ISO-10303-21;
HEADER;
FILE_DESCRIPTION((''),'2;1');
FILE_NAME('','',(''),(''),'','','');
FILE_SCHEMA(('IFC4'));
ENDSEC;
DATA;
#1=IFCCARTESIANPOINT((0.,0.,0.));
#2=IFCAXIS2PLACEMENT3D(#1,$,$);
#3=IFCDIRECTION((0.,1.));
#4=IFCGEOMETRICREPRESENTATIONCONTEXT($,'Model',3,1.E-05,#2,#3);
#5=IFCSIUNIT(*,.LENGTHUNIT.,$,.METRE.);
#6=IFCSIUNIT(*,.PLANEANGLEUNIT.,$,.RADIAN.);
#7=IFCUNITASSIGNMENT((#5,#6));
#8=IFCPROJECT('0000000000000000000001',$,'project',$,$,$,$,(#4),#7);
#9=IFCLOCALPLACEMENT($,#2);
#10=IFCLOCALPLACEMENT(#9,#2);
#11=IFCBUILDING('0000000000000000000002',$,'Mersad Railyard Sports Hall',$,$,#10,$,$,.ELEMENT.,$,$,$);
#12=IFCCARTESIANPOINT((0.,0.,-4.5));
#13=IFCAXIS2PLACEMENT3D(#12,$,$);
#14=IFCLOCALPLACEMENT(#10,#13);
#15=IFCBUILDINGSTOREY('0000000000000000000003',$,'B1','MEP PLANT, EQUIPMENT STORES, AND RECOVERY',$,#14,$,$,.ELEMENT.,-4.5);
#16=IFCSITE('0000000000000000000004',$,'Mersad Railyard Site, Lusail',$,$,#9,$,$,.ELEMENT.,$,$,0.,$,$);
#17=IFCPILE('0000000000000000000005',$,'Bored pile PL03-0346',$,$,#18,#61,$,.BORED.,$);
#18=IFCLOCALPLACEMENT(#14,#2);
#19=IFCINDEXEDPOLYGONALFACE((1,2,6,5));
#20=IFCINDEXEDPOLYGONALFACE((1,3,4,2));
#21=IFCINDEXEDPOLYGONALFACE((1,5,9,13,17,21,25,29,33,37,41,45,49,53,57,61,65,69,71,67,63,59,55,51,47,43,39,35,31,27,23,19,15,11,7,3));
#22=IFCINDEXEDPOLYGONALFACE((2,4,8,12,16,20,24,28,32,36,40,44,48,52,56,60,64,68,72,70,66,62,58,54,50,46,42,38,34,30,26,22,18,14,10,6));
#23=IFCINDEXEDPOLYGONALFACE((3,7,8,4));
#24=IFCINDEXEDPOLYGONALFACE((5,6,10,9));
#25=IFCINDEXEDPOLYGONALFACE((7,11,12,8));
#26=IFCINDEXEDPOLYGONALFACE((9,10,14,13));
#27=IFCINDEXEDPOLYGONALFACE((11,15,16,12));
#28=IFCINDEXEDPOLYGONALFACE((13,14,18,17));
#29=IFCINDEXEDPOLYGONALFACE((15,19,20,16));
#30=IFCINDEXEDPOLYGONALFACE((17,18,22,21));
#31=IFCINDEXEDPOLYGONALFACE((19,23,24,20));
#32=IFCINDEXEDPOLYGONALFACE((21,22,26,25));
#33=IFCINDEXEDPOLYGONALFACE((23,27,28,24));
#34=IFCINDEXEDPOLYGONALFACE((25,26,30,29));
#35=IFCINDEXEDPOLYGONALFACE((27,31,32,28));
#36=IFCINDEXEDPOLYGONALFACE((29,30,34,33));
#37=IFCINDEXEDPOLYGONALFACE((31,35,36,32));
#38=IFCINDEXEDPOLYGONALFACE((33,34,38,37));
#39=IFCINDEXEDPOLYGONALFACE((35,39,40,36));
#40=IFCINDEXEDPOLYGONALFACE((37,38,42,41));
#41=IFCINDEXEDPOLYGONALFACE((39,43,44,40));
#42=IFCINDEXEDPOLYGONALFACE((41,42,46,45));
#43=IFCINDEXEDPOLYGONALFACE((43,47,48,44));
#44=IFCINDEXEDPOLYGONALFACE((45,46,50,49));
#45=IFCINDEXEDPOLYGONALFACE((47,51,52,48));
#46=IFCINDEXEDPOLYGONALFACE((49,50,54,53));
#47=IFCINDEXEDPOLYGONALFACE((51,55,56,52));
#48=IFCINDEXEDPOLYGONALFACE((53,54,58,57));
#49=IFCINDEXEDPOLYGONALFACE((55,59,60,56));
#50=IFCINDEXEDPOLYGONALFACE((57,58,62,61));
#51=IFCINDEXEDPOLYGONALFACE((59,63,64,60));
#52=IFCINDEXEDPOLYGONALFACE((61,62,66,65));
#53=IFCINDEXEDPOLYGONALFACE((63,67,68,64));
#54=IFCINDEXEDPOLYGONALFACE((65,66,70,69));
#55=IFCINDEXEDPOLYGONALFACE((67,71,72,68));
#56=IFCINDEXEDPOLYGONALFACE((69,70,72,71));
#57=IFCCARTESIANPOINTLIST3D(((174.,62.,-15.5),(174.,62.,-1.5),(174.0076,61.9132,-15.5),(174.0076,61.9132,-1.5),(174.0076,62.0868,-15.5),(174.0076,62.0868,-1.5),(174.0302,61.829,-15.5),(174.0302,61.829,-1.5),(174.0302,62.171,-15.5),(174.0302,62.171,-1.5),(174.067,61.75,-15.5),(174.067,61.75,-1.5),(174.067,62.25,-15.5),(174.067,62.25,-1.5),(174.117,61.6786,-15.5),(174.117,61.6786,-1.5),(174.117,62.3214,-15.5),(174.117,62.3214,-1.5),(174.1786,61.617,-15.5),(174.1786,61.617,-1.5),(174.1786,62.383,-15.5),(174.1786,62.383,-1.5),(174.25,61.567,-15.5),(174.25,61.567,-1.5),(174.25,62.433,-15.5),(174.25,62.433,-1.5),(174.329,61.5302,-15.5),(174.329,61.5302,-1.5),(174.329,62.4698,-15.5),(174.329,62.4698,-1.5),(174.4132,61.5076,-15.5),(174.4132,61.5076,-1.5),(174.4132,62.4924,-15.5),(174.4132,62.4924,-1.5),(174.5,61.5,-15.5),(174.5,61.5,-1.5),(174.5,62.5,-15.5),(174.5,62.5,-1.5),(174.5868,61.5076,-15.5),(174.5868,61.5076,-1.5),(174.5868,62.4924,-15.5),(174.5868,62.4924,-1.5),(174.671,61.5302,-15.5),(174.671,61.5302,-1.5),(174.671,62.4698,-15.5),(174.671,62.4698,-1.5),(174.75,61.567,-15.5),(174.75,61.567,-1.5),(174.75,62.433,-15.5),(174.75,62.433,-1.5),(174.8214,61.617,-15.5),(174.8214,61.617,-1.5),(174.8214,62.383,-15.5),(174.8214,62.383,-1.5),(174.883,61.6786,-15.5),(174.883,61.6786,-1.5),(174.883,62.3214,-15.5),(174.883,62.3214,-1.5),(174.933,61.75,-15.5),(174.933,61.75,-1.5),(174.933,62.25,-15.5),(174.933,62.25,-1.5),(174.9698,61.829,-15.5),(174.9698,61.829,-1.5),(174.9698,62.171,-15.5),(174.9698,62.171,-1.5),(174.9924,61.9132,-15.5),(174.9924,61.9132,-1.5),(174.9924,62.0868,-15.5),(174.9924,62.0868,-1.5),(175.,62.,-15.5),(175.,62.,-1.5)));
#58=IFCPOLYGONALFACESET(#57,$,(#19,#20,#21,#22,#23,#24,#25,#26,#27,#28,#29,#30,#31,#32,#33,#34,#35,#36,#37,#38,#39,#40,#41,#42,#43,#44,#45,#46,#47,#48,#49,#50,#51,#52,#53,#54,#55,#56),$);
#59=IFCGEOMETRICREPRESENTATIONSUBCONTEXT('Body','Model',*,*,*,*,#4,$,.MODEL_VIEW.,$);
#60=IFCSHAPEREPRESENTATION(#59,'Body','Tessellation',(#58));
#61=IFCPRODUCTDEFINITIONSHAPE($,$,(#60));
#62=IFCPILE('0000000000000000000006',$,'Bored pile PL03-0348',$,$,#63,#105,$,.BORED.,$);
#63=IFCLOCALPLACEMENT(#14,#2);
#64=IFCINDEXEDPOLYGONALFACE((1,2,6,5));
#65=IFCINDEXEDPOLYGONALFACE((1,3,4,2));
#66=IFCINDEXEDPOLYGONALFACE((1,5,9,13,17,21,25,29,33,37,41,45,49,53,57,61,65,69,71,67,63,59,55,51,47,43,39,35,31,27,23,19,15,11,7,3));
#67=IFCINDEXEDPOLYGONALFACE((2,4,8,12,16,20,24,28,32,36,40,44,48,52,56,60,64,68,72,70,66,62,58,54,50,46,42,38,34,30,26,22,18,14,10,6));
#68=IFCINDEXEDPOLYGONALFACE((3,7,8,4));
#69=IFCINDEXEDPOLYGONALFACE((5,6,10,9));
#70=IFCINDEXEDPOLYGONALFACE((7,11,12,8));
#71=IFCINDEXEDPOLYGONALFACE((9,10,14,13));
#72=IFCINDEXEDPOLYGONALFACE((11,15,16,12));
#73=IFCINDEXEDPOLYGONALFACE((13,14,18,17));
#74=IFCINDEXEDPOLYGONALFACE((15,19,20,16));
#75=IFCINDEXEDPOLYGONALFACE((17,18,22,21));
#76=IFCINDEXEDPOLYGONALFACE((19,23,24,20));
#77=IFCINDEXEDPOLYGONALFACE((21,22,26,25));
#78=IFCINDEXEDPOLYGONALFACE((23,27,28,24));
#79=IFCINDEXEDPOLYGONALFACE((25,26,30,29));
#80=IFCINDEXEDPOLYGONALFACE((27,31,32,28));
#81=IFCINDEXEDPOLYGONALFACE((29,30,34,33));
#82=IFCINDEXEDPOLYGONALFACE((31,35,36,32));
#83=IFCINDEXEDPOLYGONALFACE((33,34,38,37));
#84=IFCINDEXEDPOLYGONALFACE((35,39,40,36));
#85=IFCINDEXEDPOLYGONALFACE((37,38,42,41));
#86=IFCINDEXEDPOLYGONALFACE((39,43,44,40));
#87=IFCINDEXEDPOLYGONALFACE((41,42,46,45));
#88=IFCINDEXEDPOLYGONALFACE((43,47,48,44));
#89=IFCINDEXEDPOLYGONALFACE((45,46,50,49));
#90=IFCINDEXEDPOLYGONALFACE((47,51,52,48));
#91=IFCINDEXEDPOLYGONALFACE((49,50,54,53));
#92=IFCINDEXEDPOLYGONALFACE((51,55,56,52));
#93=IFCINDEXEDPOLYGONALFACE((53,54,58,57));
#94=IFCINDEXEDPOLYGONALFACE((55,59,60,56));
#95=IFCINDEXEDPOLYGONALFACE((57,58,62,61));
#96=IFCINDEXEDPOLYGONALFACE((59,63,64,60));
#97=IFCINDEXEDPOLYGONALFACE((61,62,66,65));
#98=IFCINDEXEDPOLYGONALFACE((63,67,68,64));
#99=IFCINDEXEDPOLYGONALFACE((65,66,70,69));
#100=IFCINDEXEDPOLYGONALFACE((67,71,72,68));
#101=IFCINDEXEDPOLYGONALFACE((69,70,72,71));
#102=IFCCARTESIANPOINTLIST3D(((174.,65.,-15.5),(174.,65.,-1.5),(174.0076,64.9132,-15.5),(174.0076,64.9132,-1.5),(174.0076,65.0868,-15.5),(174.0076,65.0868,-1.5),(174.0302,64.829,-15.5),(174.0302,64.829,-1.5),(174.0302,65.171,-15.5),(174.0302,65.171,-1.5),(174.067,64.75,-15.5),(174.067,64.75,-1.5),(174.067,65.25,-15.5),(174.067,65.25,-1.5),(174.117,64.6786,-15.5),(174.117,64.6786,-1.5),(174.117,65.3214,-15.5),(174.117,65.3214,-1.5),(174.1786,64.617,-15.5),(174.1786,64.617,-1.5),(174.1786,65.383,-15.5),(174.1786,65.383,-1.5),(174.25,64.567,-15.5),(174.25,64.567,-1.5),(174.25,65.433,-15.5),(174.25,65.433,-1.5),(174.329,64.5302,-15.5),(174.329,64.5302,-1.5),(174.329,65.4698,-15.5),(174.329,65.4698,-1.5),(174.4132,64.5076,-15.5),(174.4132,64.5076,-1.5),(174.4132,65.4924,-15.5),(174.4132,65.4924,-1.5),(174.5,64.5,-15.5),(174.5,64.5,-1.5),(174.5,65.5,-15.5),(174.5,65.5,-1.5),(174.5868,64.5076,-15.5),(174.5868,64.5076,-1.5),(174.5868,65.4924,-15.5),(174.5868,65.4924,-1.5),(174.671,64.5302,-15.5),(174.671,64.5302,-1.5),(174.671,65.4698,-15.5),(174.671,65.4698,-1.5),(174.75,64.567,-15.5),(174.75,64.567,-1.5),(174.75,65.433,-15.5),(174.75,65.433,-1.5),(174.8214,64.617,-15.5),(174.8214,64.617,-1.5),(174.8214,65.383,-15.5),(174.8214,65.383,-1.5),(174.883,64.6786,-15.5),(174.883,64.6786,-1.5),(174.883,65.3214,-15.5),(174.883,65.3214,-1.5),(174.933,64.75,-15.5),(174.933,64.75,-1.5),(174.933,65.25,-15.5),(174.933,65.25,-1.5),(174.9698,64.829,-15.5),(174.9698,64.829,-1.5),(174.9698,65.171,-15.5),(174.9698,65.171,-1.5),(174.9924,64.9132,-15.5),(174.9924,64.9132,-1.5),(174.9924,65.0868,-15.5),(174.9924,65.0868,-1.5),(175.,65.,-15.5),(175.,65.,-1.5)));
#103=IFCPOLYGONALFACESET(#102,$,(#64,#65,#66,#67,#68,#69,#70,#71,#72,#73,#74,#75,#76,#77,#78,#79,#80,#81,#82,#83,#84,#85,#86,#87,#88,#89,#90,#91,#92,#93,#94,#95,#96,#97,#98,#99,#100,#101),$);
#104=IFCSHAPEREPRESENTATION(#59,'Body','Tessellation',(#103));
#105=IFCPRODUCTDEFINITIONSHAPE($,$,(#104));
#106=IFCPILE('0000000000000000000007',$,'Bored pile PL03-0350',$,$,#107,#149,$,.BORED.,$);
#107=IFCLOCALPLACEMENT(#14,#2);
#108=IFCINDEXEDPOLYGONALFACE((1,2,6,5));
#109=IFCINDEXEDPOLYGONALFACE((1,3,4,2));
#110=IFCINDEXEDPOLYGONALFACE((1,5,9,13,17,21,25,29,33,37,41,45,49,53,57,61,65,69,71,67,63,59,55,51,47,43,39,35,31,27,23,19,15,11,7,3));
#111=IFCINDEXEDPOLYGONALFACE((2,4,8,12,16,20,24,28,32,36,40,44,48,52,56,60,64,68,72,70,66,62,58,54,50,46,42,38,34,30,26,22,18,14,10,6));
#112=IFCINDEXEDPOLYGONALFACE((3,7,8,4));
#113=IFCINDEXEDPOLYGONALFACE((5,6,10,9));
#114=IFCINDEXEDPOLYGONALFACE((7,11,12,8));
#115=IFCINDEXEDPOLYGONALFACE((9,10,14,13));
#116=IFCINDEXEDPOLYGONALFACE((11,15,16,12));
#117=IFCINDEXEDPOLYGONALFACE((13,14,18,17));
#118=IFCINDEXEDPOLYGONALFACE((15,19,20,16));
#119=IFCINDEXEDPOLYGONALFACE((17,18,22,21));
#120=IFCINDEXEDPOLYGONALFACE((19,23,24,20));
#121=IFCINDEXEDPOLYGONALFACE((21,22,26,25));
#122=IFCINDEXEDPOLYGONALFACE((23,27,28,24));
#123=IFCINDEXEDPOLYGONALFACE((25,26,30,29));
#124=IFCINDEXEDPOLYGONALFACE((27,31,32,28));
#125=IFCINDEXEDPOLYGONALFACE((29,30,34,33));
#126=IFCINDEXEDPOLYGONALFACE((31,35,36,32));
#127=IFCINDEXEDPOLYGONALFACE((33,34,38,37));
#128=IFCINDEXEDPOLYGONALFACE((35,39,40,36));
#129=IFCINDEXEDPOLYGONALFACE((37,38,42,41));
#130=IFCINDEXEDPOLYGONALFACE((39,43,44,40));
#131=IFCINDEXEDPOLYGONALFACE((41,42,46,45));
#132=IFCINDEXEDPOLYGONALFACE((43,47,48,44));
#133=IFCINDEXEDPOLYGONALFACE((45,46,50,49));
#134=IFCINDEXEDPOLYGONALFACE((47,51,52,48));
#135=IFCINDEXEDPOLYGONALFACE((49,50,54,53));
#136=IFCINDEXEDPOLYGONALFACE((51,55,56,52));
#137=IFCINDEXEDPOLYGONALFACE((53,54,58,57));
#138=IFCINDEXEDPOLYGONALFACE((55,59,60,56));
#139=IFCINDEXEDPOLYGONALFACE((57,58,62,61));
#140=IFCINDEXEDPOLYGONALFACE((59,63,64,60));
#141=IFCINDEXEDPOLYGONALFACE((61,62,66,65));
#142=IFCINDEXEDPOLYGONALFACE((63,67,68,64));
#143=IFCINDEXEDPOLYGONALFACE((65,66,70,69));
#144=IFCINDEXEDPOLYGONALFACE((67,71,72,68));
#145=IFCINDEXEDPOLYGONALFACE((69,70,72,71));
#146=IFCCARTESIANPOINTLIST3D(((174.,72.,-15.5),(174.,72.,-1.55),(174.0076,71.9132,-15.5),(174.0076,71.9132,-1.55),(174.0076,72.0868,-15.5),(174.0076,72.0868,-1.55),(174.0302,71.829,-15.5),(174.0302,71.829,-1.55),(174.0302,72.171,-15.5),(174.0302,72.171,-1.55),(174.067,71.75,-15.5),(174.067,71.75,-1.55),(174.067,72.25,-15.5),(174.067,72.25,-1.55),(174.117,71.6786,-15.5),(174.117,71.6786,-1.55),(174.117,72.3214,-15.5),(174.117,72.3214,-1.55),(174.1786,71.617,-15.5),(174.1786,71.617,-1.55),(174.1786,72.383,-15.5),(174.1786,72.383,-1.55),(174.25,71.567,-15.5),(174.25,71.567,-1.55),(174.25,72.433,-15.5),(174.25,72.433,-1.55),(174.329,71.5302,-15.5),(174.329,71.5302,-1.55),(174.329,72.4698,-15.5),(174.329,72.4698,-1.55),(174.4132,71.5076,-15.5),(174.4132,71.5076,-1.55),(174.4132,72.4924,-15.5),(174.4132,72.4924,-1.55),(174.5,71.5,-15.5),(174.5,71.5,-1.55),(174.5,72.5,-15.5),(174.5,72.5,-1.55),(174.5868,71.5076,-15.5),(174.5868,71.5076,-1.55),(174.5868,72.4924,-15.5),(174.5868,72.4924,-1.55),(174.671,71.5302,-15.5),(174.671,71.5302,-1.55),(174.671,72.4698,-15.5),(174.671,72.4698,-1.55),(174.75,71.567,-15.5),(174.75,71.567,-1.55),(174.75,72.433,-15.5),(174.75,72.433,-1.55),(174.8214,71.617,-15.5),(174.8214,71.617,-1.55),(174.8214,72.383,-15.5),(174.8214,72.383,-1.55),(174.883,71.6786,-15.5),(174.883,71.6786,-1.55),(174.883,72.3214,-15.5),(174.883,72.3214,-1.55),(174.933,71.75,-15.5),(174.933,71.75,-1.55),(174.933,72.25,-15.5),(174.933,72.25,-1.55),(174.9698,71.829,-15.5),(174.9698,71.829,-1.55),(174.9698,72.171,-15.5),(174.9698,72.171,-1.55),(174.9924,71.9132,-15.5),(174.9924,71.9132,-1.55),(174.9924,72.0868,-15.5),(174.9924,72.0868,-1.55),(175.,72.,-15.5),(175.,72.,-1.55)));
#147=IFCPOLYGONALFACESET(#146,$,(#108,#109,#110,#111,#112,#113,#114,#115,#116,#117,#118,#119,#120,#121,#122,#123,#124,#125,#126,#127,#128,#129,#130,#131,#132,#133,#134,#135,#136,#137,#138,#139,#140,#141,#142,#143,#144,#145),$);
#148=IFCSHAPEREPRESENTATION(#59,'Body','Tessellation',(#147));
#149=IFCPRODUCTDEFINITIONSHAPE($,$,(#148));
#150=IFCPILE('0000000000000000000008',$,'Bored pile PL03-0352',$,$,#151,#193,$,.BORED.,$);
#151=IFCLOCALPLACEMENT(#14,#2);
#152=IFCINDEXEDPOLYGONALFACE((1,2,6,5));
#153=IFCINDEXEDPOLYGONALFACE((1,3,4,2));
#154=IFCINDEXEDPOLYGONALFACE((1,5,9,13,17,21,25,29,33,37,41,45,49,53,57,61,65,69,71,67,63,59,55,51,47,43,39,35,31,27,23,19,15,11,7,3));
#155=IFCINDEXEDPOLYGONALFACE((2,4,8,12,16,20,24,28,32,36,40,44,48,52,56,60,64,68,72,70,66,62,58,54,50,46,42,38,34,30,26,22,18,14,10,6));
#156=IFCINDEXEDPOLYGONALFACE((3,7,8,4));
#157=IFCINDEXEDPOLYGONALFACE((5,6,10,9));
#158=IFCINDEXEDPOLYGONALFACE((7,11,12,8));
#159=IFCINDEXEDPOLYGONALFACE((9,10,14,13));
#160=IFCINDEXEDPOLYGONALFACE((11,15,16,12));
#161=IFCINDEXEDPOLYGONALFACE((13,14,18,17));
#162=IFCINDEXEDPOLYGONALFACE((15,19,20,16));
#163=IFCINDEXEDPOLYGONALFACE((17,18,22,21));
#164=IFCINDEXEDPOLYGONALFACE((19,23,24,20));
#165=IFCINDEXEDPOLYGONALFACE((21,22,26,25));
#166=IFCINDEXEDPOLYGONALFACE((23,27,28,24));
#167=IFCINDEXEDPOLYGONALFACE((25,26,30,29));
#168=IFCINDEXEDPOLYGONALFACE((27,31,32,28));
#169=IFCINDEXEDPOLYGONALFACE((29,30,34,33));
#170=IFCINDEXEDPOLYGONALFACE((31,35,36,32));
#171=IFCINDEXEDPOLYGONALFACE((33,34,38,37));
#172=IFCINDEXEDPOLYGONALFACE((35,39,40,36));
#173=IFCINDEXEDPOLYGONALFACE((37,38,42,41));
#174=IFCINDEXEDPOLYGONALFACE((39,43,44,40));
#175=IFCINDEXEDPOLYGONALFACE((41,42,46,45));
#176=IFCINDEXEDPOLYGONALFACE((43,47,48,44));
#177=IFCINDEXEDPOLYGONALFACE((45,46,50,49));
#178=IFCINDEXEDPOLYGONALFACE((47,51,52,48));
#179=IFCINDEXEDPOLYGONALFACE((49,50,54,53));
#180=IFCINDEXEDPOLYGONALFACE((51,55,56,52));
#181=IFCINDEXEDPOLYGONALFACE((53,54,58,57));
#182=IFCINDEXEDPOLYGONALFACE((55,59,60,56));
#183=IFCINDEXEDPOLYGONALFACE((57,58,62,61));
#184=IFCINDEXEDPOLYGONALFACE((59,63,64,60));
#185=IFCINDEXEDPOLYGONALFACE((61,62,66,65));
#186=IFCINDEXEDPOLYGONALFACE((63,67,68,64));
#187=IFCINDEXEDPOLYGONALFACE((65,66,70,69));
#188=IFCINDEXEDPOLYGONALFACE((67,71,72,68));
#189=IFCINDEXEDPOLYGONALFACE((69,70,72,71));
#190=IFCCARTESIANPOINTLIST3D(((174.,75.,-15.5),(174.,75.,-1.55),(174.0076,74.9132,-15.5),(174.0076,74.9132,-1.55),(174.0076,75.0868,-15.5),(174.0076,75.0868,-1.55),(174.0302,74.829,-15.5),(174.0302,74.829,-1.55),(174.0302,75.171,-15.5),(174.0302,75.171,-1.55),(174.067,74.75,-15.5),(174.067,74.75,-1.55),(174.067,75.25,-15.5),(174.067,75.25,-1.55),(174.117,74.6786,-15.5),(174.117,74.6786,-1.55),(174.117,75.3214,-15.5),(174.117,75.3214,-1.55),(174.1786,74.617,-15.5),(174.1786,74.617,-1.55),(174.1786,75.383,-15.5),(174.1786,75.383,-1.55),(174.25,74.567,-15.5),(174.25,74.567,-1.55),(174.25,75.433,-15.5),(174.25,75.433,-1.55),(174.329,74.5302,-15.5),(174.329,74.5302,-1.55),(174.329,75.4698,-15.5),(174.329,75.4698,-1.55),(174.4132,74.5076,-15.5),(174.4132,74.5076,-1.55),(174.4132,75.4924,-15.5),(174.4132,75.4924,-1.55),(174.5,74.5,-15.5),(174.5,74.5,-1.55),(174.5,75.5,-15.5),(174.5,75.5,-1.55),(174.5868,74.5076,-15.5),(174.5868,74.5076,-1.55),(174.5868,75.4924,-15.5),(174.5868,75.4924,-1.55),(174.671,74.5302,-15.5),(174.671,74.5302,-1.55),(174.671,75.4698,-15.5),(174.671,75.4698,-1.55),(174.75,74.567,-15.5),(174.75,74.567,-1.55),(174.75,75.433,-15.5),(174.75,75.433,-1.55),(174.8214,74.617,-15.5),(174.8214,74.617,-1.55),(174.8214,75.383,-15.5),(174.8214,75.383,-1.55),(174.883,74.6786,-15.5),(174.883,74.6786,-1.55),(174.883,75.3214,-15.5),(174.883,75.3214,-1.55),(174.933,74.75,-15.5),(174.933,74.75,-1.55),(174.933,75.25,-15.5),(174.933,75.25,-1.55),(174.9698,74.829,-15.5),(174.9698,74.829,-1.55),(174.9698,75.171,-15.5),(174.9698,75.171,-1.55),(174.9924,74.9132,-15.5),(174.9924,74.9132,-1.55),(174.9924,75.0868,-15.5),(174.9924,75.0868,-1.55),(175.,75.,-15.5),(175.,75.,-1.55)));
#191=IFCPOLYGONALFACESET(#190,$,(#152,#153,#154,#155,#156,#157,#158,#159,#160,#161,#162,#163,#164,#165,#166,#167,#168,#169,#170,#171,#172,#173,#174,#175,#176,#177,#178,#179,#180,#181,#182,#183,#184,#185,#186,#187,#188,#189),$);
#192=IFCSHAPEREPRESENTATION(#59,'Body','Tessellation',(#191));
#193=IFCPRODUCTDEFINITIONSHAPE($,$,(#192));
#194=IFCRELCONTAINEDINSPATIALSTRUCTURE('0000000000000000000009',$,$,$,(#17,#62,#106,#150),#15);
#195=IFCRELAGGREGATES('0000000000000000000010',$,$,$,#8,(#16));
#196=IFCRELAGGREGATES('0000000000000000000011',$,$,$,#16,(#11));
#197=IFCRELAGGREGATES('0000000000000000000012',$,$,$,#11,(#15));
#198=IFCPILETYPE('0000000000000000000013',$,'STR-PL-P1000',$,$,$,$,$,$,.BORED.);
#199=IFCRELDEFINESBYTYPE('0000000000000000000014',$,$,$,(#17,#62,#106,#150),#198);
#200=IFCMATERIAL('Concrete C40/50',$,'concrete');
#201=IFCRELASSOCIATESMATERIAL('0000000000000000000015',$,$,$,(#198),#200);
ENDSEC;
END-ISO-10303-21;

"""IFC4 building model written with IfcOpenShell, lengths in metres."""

from ifc_helpers import new_model, si_unit, direction, frame, origin, origin_2d, place, context, subcontext, project, spatial, circle, extrude, material, material_profile, profile_set, type_object, element, save


model = new_model("IFC4")

# Units and contexts
model_context = context("Model", 3, precision=1e-05, world=origin(), true_north=direction((0.0, 1.0)))
body_context = subcontext(model_context, "Body", "Model", "MODEL_VIEW")
ifc_project = project(units=[si_unit("LENGTHUNIT", "METRE"), si_unit("PLANEANGLEUNIT", "RADIAN")], contexts=[model_context])

# Site, building, storey
site_placement = place(None, origin())
site = spatial("IfcSite", under=ifc_project, at=site_placement, Name="Mersad Railyard Site, Lusail", CompositionType="ELEMENT", RefElevation=0.0)
building_placement = place(site_placement, origin())
building = spatial("IfcBuilding", under=site, at=building_placement, Name="Mersad Railyard Sports Hall", CompositionType="ELEMENT")
storey_placement = place(building_placement, frame((0.0, 0.0, -4.5)))
storey = spatial("IfcBuildingStorey", under=building, at=storey_placement, Name="B1", Description="MEP PLANT, EQUIPMENT STORES, AND RECOVERY", CompositionType="ELEMENT", Elevation=-4.5)

# Shared definitions
ifc_material_1 = material(Name="Concrete C40/50", Category="concrete")

# Piles
ifc_material_profile_1 = material_profile(ifc_material_1, circle(Radius=0.5, at=origin_2d()), Name="BORED PILE D1000")
ifc_profile_set_1 = profile_set([ifc_material_profile_1], Name="Concrete C40/50")
pile_type_1 = type_object("IfcPileType", Name="STR-PL-P1000", PredefinedType="BORED", material=ifc_profile_set_1)
for number, where, z_axis, x_axis, name in (
    (1, (174.5, 62.0, -1.5), (0.0, 0.0, -1.0), (1.0, 0.0, 0.0), "Bored pile PL03-0346"),
    (2, (174.5, 65.0, -1.5), (0.0, 0.0, -1.0), (1.0, 0.0, 0.0), "Bored pile PL03-0348"),
):
    element("IfcPile", number, at=place(storey_placement, frame(where, z_axis=z_axis, x_axis=x_axis)), inside=storey, type_object=pile_type_1, Name=name, PredefinedType="BORED", context=body_context, shape_type="SweptSolid", body=[
        extrude(circle(Radius=0.5, at=origin_2d()), origin(), (0.0, 0.0, 1.0), 14.0),
    ])
for number, where, z_axis, x_axis, name in (
    (3, (174.5, 72.0, -1.55), (0.0, 0.0, -1.0), (1.0, 0.0, 0.0), "Bored pile PL03-0350"),
    (4, (174.5, 75.0, -1.55), (0.0, 0.0, -1.0), (1.0, 0.0, 0.0), "Bored pile PL03-0352"),
):
    element("IfcPile", number, at=place(storey_placement, frame(where, z_axis=z_axis, x_axis=x_axis)), inside=storey, type_object=pile_type_1, Name=name, PredefinedType="BORED", context=body_context, shape_type="SweptSolid", body=[
        extrude(circle(Radius=0.5, at=origin_2d()), origin(), (0.0, 0.0, 1.0), 13.95),
    ])

save(model, "model.ifc")
